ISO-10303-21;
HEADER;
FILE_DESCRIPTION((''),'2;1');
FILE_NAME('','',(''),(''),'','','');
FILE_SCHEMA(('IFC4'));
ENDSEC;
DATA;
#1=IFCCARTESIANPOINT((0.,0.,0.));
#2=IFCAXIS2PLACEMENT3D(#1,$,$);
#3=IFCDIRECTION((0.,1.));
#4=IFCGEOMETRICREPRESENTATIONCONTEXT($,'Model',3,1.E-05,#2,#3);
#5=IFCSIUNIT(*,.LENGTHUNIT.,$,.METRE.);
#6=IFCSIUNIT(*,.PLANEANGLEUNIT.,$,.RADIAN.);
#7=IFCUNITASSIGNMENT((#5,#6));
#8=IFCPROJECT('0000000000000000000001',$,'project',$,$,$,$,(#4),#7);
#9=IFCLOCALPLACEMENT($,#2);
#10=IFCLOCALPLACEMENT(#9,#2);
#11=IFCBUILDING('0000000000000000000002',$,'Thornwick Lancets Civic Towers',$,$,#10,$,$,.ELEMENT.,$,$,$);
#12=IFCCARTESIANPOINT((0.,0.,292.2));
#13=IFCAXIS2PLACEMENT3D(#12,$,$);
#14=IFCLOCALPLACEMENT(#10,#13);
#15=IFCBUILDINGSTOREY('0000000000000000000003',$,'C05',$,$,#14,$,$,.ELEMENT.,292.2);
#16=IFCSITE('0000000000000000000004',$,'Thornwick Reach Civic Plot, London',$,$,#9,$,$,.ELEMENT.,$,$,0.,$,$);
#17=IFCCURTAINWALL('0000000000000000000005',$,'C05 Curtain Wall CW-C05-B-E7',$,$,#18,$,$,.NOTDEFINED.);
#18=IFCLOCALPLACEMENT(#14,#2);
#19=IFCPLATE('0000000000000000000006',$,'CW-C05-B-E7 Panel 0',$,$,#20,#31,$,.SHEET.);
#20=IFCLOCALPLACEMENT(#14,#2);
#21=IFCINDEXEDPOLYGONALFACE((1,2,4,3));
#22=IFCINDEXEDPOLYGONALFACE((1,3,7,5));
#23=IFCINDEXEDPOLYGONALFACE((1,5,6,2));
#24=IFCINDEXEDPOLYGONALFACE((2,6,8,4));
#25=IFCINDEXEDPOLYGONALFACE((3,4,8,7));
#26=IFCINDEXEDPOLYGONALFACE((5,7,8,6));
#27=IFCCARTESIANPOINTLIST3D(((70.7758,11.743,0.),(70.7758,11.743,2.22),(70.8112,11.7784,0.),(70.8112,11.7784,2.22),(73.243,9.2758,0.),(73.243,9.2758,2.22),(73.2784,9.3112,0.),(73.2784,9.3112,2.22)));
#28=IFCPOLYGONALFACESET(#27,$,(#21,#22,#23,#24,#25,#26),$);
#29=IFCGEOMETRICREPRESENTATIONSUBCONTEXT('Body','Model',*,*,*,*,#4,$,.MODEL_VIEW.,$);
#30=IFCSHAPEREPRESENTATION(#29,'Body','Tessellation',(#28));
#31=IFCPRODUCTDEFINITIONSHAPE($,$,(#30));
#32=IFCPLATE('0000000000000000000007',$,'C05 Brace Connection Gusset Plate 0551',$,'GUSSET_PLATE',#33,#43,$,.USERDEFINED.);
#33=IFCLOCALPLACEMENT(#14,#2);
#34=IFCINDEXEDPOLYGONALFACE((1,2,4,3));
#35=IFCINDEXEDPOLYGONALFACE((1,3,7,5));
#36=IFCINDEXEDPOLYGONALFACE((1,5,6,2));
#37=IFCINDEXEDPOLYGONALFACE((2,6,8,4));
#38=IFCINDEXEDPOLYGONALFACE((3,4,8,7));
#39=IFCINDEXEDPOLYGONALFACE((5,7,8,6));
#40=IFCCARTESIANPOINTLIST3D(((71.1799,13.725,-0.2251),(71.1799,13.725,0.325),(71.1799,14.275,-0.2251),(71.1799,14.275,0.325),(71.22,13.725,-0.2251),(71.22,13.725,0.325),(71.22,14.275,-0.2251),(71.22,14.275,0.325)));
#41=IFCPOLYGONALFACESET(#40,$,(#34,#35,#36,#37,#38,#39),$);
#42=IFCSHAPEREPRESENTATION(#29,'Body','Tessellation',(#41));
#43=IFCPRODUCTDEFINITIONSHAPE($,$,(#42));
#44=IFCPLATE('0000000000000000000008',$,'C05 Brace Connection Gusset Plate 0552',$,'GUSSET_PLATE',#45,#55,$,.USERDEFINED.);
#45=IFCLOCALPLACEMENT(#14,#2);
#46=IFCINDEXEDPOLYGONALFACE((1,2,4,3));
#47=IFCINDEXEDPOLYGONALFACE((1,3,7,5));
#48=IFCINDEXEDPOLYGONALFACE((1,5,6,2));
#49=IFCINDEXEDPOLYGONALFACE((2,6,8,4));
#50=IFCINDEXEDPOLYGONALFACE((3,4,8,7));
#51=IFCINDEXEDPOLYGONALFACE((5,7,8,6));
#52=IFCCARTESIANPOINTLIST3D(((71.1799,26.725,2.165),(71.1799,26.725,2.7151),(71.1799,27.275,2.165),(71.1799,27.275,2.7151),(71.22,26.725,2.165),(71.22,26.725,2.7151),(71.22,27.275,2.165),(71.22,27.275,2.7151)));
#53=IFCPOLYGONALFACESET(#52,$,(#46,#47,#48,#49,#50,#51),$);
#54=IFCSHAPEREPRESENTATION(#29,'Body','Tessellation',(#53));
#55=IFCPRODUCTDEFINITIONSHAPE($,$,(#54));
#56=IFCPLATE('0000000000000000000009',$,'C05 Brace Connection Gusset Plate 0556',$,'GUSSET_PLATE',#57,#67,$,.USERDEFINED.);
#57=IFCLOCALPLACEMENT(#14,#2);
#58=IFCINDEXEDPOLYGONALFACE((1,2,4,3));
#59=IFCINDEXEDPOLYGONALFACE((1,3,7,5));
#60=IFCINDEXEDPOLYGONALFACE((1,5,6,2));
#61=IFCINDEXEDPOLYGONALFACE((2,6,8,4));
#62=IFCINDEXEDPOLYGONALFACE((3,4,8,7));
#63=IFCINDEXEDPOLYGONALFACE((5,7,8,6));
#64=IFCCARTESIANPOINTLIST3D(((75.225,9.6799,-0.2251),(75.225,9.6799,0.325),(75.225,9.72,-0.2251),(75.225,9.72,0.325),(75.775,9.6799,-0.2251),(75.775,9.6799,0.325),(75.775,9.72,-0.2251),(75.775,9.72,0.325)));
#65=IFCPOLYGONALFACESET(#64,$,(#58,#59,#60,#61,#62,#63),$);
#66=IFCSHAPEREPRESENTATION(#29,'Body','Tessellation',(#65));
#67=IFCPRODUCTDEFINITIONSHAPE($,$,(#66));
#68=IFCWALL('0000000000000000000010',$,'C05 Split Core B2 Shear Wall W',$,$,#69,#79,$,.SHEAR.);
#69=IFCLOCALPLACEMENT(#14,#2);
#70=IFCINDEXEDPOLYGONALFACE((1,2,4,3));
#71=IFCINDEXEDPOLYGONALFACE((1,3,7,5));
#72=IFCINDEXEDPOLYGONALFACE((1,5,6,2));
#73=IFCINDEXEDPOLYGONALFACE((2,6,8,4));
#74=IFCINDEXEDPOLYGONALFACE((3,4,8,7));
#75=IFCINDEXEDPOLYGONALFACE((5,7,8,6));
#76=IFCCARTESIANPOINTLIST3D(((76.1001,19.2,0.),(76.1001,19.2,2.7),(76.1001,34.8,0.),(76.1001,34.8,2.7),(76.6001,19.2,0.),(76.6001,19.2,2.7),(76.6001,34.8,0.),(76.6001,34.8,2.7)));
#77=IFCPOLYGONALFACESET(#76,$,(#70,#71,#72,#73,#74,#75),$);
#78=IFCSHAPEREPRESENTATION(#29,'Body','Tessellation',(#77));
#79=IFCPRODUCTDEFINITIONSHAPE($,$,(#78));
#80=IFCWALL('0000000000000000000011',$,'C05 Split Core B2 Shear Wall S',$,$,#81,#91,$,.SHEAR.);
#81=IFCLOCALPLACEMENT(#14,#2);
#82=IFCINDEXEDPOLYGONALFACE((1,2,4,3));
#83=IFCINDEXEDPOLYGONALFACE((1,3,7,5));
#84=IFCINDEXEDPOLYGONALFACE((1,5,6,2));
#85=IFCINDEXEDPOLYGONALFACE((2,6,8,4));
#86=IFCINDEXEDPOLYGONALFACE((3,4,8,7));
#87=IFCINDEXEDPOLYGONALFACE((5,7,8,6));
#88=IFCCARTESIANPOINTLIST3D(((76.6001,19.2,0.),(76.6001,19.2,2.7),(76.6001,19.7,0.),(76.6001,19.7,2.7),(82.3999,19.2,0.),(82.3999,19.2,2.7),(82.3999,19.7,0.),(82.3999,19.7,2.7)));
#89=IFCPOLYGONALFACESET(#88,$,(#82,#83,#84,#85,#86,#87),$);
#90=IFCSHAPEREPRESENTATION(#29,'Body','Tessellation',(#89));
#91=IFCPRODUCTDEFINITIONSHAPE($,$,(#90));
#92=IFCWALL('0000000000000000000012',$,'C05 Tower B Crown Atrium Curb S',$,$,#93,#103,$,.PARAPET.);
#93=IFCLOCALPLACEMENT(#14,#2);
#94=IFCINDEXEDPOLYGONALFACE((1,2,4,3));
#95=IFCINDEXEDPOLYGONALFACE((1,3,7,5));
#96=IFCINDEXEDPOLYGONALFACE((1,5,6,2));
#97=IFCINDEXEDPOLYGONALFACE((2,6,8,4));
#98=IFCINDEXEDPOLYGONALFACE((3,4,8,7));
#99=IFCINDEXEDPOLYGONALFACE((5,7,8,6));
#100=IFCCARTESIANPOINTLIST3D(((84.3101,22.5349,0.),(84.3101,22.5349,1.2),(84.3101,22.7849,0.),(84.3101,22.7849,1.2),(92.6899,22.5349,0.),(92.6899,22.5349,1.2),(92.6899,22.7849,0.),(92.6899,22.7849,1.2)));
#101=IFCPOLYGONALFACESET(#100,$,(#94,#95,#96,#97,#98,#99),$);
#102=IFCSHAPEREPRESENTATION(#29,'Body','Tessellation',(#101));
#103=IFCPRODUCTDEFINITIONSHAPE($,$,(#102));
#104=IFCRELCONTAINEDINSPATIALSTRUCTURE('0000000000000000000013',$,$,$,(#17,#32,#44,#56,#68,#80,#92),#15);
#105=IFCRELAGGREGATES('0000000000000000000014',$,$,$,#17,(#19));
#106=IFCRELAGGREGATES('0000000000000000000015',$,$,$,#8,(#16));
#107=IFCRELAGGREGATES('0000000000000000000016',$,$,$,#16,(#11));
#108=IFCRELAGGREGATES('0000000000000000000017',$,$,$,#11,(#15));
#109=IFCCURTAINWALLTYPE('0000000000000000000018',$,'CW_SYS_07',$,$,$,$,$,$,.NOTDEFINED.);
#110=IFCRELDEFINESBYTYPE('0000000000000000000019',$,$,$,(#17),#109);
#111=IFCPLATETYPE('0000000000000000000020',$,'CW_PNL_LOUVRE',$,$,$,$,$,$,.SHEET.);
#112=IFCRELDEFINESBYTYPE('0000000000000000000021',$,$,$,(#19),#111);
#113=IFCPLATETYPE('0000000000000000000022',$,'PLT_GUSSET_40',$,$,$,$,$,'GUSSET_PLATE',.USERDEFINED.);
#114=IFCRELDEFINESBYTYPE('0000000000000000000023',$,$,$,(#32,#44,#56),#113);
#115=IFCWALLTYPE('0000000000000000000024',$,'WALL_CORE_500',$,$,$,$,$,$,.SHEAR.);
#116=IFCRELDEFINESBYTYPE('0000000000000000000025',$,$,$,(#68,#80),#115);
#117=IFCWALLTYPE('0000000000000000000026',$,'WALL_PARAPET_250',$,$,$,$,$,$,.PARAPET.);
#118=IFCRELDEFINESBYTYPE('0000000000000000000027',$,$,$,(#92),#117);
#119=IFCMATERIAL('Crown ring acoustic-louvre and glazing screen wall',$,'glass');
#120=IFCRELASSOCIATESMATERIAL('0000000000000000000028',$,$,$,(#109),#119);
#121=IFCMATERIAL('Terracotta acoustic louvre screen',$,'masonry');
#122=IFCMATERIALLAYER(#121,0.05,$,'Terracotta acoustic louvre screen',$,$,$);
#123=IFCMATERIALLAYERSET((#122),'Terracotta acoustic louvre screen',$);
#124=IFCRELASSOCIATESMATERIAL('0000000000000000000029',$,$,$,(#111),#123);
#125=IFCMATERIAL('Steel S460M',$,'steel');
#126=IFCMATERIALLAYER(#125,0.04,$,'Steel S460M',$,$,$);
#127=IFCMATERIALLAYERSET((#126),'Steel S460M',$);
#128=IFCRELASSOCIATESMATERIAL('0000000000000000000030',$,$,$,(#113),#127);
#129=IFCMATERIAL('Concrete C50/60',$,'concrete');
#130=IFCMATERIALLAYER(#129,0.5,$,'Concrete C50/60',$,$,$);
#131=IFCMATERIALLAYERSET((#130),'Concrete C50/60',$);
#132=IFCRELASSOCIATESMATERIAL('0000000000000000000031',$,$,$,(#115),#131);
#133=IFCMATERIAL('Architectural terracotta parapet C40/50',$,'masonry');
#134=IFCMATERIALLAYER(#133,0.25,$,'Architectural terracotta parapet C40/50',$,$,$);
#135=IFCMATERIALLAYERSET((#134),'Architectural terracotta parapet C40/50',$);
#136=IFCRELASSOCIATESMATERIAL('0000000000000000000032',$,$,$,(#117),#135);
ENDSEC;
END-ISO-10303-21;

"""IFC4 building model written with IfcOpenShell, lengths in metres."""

from ifc_helpers import new_model, si_unit, direction, frame, frame_2d, origin, origin_2d, place, context, subcontext, project, spatial, rectangle, extrude, material, layer, layer_set, type_object, element, aggregate, save


model = new_model("IFC4")

# Units and contexts
model_context = context("Model", 3, precision=1e-05, world=origin(), true_north=direction((0.0, 1.0)))
body_context = subcontext(model_context, "Body", "Model", "MODEL_VIEW")
ifc_project = project(units=[si_unit("LENGTHUNIT", "METRE"), si_unit("PLANEANGLEUNIT", "RADIAN")], contexts=[model_context])

# Site, building, storey
site_placement = place(None, origin())
site = spatial("IfcSite", under=ifc_project, at=site_placement, Name="Thornwick Reach Civic Plot, London", CompositionType="ELEMENT", RefElevation=0.0)
building_placement = place(site_placement, origin())
building = spatial("IfcBuilding", under=site, at=building_placement, Name="Thornwick Lancets Civic Towers", CompositionType="ELEMENT")
storey_placement = place(building_placement, frame((0.0, 0.0, 292.2)))
storey = spatial("IfcBuildingStorey", under=building, at=storey_placement, Name="C05", CompositionType="ELEMENT", Elevation=292.2)

# Curtain wall
ifc_material_1 = material(Name="Crown ring acoustic-louvre and glazing screen wall", Category="glass")
curtain_wall_type = type_object("IfcCurtainWallType", Name="CW_SYS_07", PredefinedType="NOTDEFINED", material=ifc_material_1)
curtain_wall_1_placement = place(storey_placement, origin())
curtain_wall_1 = element("IfcCurtainWall", 1, at=curtain_wall_1_placement, inside=storey, type_object=curtain_wall_type, Name="C05 Curtain Wall CW-C05-B-E7", PredefinedType="NOTDEFINED")

# Plate
ifc_material_2 = material(Name="Terracotta acoustic louvre screen", Category="masonry")
ifc_layer_1 = layer(ifc_material_2, 0.05, Name="Terracotta acoustic louvre screen")
ifc_layer_set_1 = layer_set([ifc_layer_1], Name="Terracotta acoustic louvre screen")
plate_type_1 = type_object("IfcPlateType", Name="CW_PNL_LOUVRE", PredefinedType="SHEET", material=ifc_layer_set_1)
plate_1_placement = place(storey_placement, frame((72.0271, 10.5271, 0.0), z_axis=(0.0, 0.0, 1.0), x_axis=(0.707107, -0.707107, 0.0)))
plate_1 = element("IfcPlate", 2, at=plate_1_placement, type_object=plate_type_1, Name="CW-C05-B-E7 Panel 0", PredefinedType="SHEET", context=body_context, shape_type="SweptSolid", body=[
    extrude(rectangle(XDim=3.4893, YDim=0.05, at=origin_2d()), origin(), (0.0, 0.0, 1.0), 2.22),
])
aggregate(curtain_wall_1, [plate_1])

# Plates
ifc_material_3 = material(Name="Steel S460M", Category="steel")
ifc_layer_2 = layer(ifc_material_3, 0.04, Name="Steel S460M")
ifc_layer_set_2 = layer_set([ifc_layer_2], Name="Steel S460M")
plate_type_2 = type_object("IfcPlateType", Name="PLT_GUSSET_40", ElementType="GUSSET_PLATE", PredefinedType="USERDEFINED", material=ifc_layer_set_2)
for number, where, z_axis, x_axis, name in (
    (3, (71.2, 14.0, -0.2251), (0.0, 0.0, 1.0), (0.0, 1.0, 0.0), "C05 Brace Connection Gusset Plate 0551"),
    (4, (71.2, 27.0, 2.165), (0.0, 0.0, 1.0), (0.0, 1.0, 0.0), "C05 Brace Connection Gusset Plate 0552"),
    (5, (75.5, 9.7, -0.2251), (0.0, 0.0, 1.0), (1.0, 0.0, 0.0), "C05 Brace Connection Gusset Plate 0556"),
):
    element("IfcPlate", number, at=place(storey_placement, frame(where, z_axis=z_axis, x_axis=x_axis)), inside=storey, type_object=plate_type_2, Name=name, ObjectType="GUSSET_PLATE", PredefinedType="USERDEFINED", context=body_context, shape_type="SweptSolid", body=[
        extrude(rectangle(XDim=0.55, YDim=0.04, at=origin_2d()), origin(), (0.0, 0.0, 1.0), 0.55),
    ])

# Walls
ifc_material_4 = material(Name="Concrete C50/60", Category="concrete")
ifc_layer_3 = layer(ifc_material_4, 0.5, Name="Concrete C50/60")
ifc_layer_set_3 = layer_set([ifc_layer_3], Name="Concrete C50/60")
wall_type_1 = type_object("IfcWallType", Name="WALL_CORE_500", PredefinedType="SHEAR", material=ifc_layer_set_3)
wall_1_placement = place(storey_placement, frame((76.3501, 19.2, 0.0), z_axis=(0.0, 0.0, 1.0), x_axis=(0.0, 1.0, 0.0)))
element("IfcWall", 6, at=wall_1_placement, inside=storey, type_object=wall_type_1, Name="C05 Split Core B2 Shear Wall W", PredefinedType="SHEAR", context=body_context, shape_type="SweptSolid", body=[
    extrude(rectangle(XDim=15.6001, YDim=0.5, at=frame_2d((7.8, 0.0))), origin(), (0.0, 0.0, 1.0), 2.7),
])
wall_2_placement = place(storey_placement, frame((76.6001, 19.45, 0.0), z_axis=(0.0, 0.0, 1.0), x_axis=(1.0, 0.0, 0.0)))
element("IfcWall", 7, at=wall_2_placement, inside=storey, type_object=wall_type_1, Name="C05 Split Core B2 Shear Wall S", PredefinedType="SHEAR", context=body_context, shape_type="SweptSolid", body=[
    extrude(rectangle(XDim=5.7998, YDim=0.5, at=frame_2d((2.8999, 0.0))), origin(), (0.0, 0.0, 1.0), 2.7),
])
ifc_material_5 = material(Name="Architectural terracotta parapet C40/50", Category="masonry")
ifc_layer_4 = layer(ifc_material_5, 0.25, Name="Architectural terracotta parapet C40/50")
ifc_layer_set_4 = layer_set([ifc_layer_4], Name="Architectural terracotta parapet C40/50")
wall_type_2 = type_object("IfcWallType", Name="WALL_PARAPET_250", PredefinedType="PARAPET", material=ifc_layer_set_4)
wall_3_placement = place(storey_placement, frame((84.3101, 22.6599, 0.0), z_axis=(0.0, 0.0, 1.0), x_axis=(1.0, 0.0, 0.0)))
element("IfcWall", 8, at=wall_3_placement, inside=storey, type_object=wall_type_2, Name="C05 Tower B Crown Atrium Curb S", PredefinedType="PARAPET", context=body_context, shape_type="SweptSolid", body=[
    extrude(rectangle(XDim=8.3799, YDim=0.25, at=frame_2d((4.1899, 0.0))), origin(), (0.0, 0.0, 1.0), 1.2),
])

save(model, "model.ifc")
